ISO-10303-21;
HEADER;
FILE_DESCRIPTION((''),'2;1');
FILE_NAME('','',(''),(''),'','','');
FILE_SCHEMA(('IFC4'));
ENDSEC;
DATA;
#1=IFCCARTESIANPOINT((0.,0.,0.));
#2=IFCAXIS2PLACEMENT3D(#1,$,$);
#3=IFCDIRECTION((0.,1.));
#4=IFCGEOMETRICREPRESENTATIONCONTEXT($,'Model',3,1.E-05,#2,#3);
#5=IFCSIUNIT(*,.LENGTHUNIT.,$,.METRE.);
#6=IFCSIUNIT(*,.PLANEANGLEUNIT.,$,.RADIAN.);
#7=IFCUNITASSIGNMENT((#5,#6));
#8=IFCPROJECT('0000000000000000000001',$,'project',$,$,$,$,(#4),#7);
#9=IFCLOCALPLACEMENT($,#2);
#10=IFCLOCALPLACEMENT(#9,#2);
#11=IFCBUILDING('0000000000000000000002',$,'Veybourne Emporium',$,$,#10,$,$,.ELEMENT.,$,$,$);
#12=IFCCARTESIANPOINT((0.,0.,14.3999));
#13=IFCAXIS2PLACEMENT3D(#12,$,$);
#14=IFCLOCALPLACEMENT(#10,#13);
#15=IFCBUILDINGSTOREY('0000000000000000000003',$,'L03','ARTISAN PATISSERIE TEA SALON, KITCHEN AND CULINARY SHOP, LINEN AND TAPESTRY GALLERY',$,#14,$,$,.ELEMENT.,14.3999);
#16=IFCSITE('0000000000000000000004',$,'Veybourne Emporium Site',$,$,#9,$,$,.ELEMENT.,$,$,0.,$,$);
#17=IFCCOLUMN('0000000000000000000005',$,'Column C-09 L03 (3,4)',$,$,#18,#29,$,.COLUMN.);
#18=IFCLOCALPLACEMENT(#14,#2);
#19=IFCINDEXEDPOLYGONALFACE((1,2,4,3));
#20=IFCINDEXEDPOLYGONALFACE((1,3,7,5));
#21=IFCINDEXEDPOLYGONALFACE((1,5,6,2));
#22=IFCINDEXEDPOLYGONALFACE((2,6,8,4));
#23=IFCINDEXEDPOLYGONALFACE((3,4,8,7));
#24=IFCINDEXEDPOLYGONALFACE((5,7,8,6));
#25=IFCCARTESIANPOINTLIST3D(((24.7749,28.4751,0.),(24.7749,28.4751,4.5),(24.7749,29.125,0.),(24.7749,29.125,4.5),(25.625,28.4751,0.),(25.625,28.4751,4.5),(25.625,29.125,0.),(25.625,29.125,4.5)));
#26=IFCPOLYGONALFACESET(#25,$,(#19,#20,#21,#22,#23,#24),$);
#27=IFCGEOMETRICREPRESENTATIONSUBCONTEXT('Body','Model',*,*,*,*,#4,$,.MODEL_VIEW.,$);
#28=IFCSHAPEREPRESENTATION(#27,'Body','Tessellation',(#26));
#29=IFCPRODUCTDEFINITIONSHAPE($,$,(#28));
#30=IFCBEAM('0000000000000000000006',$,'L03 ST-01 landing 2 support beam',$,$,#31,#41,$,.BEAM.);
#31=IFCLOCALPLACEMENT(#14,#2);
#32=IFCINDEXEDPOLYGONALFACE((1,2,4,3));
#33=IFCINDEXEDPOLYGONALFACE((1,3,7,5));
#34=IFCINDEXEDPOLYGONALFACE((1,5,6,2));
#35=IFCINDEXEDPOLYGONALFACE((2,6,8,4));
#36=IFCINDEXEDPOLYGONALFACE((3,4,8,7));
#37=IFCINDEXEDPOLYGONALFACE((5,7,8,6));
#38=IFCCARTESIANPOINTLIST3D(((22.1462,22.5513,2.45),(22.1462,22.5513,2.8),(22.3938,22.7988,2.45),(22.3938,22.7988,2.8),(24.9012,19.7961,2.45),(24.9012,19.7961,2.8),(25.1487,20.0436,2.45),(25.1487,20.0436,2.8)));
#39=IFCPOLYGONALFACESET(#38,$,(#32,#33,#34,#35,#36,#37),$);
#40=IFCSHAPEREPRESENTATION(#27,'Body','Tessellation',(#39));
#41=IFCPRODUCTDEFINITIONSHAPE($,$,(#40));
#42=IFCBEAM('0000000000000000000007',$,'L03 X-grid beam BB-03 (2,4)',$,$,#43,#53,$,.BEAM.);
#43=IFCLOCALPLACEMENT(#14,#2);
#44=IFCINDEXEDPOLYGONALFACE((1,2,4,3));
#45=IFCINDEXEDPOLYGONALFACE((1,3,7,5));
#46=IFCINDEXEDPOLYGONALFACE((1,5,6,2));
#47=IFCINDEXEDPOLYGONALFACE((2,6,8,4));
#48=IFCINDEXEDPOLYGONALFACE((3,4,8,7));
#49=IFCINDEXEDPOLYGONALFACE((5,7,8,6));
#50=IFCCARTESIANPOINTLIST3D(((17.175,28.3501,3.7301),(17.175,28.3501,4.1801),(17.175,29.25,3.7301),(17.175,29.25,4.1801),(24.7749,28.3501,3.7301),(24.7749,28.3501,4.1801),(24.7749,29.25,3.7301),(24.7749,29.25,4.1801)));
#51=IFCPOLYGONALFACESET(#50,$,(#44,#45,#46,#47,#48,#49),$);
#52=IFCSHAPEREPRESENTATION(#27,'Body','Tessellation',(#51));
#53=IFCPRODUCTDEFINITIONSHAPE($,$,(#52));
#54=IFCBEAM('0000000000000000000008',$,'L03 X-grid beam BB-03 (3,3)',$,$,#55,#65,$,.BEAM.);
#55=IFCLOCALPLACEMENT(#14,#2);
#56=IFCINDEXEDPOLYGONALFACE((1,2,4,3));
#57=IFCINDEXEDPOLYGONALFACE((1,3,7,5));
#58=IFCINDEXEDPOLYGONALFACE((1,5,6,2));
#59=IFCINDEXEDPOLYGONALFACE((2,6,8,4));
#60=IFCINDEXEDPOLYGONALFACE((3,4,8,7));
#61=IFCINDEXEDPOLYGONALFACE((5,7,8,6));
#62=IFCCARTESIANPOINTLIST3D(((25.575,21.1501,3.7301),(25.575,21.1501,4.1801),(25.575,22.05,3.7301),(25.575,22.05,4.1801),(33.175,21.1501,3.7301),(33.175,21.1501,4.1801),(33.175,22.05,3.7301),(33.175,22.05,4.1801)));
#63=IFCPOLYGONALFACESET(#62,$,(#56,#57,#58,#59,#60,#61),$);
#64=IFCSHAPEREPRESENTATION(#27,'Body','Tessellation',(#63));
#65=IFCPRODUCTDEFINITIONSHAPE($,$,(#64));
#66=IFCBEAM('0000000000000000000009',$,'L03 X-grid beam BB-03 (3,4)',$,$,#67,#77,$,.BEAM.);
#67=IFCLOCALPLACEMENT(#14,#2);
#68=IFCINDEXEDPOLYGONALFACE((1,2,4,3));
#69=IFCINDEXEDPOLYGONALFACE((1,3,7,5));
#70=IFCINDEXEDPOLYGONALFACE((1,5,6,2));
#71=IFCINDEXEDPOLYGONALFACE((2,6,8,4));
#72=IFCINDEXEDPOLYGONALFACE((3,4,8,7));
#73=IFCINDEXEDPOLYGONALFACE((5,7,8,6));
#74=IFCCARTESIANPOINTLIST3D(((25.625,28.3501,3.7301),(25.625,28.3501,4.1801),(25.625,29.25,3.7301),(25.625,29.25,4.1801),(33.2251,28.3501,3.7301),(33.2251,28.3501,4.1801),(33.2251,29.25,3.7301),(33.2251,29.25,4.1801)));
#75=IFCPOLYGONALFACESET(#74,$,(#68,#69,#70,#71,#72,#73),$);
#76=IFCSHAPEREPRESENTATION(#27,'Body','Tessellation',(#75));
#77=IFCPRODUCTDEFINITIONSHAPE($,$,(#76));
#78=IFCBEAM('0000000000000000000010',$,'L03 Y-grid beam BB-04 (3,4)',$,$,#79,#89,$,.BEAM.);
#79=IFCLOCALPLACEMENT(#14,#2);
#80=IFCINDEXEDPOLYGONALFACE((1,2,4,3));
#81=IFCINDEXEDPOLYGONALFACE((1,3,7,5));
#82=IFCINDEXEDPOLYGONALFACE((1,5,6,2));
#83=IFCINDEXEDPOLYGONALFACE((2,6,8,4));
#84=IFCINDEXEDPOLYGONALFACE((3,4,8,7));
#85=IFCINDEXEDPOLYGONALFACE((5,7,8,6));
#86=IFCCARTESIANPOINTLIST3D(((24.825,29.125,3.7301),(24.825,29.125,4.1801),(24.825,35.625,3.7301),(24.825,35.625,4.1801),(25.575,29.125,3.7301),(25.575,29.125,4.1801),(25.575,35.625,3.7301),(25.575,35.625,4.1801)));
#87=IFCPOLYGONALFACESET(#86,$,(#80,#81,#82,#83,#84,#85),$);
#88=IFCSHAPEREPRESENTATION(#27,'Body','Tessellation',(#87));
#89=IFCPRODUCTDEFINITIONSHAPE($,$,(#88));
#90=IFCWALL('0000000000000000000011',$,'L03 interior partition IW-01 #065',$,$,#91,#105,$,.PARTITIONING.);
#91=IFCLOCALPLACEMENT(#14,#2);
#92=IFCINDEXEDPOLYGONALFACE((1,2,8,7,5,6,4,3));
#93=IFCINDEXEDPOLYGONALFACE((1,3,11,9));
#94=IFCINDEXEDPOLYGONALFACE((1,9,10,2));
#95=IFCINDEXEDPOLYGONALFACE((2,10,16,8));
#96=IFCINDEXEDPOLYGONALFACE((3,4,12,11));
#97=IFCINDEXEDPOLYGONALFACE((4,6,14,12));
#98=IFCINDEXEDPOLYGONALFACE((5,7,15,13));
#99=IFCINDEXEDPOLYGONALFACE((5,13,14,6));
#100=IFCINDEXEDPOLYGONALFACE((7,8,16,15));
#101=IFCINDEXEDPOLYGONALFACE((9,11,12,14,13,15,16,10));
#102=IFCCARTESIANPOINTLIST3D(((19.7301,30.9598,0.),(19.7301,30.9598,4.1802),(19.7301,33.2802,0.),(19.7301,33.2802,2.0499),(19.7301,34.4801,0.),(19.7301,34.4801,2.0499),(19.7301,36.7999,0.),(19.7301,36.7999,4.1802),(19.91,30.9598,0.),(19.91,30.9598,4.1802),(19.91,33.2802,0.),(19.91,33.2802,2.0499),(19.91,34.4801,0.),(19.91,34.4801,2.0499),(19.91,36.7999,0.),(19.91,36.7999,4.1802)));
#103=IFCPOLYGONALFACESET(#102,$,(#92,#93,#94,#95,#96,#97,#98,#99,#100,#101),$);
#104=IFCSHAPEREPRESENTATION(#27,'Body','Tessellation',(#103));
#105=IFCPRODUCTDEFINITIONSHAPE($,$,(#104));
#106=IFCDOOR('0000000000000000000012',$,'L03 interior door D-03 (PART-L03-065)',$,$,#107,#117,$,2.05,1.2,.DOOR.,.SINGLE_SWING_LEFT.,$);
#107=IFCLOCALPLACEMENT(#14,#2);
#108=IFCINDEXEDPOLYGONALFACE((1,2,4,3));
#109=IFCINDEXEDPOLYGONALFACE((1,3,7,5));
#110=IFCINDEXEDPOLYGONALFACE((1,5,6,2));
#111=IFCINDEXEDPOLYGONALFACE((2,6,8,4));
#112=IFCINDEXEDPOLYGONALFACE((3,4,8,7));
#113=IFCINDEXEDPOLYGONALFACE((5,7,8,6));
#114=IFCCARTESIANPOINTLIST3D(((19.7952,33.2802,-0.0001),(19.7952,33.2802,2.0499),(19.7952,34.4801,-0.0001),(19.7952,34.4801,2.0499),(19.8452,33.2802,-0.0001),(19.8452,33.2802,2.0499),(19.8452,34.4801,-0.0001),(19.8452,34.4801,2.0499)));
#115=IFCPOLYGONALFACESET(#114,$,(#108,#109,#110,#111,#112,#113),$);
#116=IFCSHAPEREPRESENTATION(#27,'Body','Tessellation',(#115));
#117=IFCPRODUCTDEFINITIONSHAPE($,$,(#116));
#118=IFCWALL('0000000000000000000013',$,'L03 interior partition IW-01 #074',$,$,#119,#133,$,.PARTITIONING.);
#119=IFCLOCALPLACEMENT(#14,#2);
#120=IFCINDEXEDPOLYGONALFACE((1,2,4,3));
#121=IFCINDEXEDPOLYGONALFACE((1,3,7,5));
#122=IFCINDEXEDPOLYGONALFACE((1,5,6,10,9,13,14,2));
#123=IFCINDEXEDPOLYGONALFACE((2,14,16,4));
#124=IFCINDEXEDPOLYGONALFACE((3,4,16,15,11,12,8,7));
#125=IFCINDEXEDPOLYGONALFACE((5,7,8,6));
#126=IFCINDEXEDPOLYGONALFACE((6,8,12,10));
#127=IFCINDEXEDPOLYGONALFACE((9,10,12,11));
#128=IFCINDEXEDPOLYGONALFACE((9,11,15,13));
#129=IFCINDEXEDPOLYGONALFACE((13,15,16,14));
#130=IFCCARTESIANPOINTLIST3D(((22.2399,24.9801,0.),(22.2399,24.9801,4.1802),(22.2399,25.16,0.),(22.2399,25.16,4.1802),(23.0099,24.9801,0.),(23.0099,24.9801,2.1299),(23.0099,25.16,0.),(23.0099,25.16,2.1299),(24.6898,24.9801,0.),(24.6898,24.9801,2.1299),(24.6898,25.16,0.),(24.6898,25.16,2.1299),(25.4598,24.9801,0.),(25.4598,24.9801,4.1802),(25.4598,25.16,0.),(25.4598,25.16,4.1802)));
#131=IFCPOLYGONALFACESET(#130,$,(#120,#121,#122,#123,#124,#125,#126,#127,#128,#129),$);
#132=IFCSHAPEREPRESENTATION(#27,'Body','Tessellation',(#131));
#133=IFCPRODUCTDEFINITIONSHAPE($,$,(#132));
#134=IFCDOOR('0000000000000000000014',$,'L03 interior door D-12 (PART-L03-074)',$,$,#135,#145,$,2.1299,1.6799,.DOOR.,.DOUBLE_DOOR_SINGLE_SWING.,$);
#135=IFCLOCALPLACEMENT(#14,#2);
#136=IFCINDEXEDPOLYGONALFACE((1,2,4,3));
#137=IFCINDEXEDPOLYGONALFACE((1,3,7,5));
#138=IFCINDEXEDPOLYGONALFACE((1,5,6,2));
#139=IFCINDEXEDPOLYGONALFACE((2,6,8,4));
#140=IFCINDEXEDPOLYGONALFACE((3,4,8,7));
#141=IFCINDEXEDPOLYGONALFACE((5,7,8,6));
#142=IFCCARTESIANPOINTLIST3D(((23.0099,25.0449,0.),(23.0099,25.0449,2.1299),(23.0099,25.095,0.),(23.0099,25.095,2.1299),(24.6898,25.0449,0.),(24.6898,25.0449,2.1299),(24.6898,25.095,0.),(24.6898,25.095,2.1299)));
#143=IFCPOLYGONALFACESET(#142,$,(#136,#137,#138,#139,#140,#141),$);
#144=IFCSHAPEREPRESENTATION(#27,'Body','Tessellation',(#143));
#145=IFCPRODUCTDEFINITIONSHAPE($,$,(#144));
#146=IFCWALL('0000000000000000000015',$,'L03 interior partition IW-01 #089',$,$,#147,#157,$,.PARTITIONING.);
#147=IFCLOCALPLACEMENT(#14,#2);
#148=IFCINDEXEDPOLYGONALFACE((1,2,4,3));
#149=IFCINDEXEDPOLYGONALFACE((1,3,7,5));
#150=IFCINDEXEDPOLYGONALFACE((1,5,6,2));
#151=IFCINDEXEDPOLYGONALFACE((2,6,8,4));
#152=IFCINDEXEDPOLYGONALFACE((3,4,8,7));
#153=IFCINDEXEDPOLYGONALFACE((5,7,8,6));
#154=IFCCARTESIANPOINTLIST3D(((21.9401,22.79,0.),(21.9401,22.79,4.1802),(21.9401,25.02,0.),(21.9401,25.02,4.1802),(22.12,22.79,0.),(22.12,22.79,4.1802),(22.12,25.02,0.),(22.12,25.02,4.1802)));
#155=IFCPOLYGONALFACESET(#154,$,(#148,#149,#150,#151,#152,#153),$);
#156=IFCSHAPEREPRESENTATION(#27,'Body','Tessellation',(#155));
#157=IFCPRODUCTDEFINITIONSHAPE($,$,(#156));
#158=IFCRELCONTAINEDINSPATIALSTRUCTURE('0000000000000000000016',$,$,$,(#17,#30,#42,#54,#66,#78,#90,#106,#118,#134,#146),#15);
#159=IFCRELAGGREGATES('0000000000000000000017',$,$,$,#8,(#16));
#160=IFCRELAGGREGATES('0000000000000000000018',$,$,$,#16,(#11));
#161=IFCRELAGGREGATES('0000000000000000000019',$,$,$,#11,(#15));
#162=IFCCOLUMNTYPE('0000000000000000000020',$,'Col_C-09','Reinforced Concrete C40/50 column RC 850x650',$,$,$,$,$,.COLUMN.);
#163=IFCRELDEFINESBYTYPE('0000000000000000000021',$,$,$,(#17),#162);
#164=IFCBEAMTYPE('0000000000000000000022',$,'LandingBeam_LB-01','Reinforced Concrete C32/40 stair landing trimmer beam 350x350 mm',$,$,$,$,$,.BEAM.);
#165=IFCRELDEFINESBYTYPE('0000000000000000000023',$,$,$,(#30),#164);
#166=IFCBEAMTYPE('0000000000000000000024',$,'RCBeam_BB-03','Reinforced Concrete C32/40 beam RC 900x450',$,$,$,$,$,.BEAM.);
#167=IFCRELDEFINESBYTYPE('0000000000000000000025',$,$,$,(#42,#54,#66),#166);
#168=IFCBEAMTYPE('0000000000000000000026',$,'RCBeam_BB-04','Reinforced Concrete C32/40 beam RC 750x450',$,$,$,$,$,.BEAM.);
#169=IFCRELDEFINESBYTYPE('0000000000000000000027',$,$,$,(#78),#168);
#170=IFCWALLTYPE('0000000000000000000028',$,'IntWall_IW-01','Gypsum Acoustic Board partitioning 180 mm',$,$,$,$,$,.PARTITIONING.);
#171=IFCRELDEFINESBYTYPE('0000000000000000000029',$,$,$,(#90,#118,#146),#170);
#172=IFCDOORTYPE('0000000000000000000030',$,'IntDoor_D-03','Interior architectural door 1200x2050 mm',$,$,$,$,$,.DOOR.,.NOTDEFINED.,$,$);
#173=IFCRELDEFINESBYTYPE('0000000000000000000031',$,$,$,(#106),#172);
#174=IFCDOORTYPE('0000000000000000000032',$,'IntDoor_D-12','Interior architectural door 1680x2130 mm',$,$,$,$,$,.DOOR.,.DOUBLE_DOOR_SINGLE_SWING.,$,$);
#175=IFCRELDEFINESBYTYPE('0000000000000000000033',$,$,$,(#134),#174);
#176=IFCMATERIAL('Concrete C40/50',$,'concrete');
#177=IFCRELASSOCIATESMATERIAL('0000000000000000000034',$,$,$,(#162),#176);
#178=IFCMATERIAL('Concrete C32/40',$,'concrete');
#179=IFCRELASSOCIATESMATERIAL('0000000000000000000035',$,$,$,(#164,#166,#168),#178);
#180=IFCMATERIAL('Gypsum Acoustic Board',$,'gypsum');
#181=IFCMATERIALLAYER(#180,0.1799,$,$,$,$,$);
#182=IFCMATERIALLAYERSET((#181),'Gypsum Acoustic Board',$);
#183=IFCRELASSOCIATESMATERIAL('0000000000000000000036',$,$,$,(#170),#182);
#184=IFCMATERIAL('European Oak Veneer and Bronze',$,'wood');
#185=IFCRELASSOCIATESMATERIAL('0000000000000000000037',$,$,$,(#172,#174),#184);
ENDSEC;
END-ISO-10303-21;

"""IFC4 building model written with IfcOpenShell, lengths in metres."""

from ifc_helpers import new_model, si_unit, direction, frame, frame_2d, origin, origin_2d, place, context, subcontext, project, spatial, rectangle, extrude, material, layer, layer_set, material_profile, profile_set, type_object, element, fill, save


model = new_model("IFC4")

# Units and contexts
model_context = context("Model", 3, precision=1e-05, world=origin(), true_north=direction((0.0, 1.0)))
body_context = subcontext(model_context, "Body", "Model", "MODEL_VIEW")
ifc_project = project(units=[si_unit("LENGTHUNIT", "METRE"), si_unit("PLANEANGLEUNIT", "RADIAN")], contexts=[model_context])

# Site, building, storey
site_placement = place(None, origin())
site = spatial("IfcSite", under=ifc_project, at=site_placement, Name="Veybourne Emporium Site", CompositionType="ELEMENT", RefElevation=0.0)
building_placement = place(site_placement, origin())
building = spatial("IfcBuilding", under=site, at=building_placement, Name="Veybourne Emporium", CompositionType="ELEMENT")
storey_placement = place(building_placement, frame((0.0, 0.0, 14.3999)))
storey = spatial("IfcBuildingStorey", under=building, at=storey_placement, Name="L03", Description="ARTISAN PATISSERIE TEA SALON, KITCHEN AND CULINARY SHOP, LINEN AND TAPESTRY GALLERY", CompositionType="ELEMENT", Elevation=14.3999)

# Column
ifc_material_1 = material(Name="Concrete C40/50", Category="concrete")
ifc_material_profile_1 = material_profile(ifc_material_1, rectangle(XDim=0.8501, YDim=0.6499, at=origin_2d()), Name="RC 850x650")
ifc_profile_set_1 = profile_set([ifc_material_profile_1], Name="Concrete C40/50")
column_type = type_object("IfcColumnType", Name="Col_C-09", Description="Reinforced Concrete C40/50 column RC 850x650", PredefinedType="COLUMN", material=ifc_profile_set_1)
column_placement = place(storey_placement, frame((25.2, 28.8, 0.0), z_axis=(0.0, 0.0, 1.0), x_axis=(1.0, 0.0, 0.0)))
element("IfcColumn", 1, at=column_placement, inside=storey, type_object=column_type, Name="Column C-09 L03 (3,4)", PredefinedType="COLUMN", context=body_context, shape_type="SweptSolid", body=[
    extrude(rectangle(XDim=0.8501, YDim=0.6499, at=origin_2d()), origin(), (0.0, 0.0, 1.0), 4.5),
])

# Beams
ifc_material_2 = material(Name="Concrete C32/40", Category="concrete")
ifc_material_profile_2 = material_profile(ifc_material_2, rectangle(XDim=0.3501, YDim=0.3501, at=origin_2d()), Name="RC 350x350")
ifc_profile_set_2 = profile_set([ifc_material_profile_2], Name="Concrete C32/40")
beam_type_1 = type_object("IfcBeamType", Name="LandingBeam_LB-01", Description="Reinforced Concrete C32/40 stair landing trimmer beam 350x350 mm", PredefinedType="BEAM", material=ifc_profile_set_2)
beam_1_placement = place(storey_placement, frame((22.27, 22.675, 2.625), z_axis=(0.707075, -0.707138, 0.0), x_axis=(0.707138, 0.707075, 0.0)))
element("IfcBeam", 2, at=beam_1_placement, inside=storey, type_object=beam_type_1, Name="L03 ST-01 landing 2 support beam", PredefinedType="BEAM", context=body_context, shape_type="SweptSolid", body=[
    extrude(rectangle(XDim=0.3501, YDim=0.3501, at=origin_2d()), origin(), (0.0, 0.0, 1.0), 3.8962),
])
ifc_material_profile_3 = material_profile(ifc_material_2, rectangle(XDim=0.8999, YDim=0.45, at=origin_2d()), Name="RC 900x450")
ifc_profile_set_3 = profile_set([ifc_material_profile_3], Name="Concrete C32/40")
beam_type_2 = type_object("IfcBeamType", Name="RCBeam_BB-03", Description="Reinforced Concrete C32/40 beam RC 900x450", PredefinedType="BEAM", material=ifc_profile_set_3)
beam_2_placement = place(storey_placement, frame((17.175, 28.8, 3.9551), z_axis=(1.0, 0.0, 0.0), x_axis=(0.0, 1.0, 0.0)))
element("IfcBeam", 3, at=beam_2_placement, inside=storey, type_object=beam_type_2, Name="L03 X-grid beam BB-03 (2,4)", PredefinedType="BEAM", context=body_context, shape_type="SweptSolid", body=[
    extrude(rectangle(XDim=0.8999, YDim=0.45, at=origin_2d()), origin(), (0.0, 0.0, 1.0), 7.5999),
])
for number, where, z_axis, x_axis, name in (
    (4, (25.575, 21.6001, 3.9551), (1.0, 0.0, 0.0), (0.0, 1.0, 0.0), "L03 X-grid beam BB-03 (3,3)"),
    (5, (25.625, 28.8, 3.9551), (1.0, 0.0, 0.0), (0.0, 1.0, 0.0), "L03 X-grid beam BB-03 (3,4)"),
):
    element("IfcBeam", number, at=place(storey_placement, frame(where, z_axis=z_axis, x_axis=x_axis)), inside=storey, type_object=beam_type_2, Name=name, PredefinedType="BEAM", context=body_context, shape_type="SweptSolid", body=[
        extrude(rectangle(XDim=0.8999, YDim=0.45, at=origin_2d()), origin(), (0.0, 0.0, 1.0), 7.6001),
    ])
ifc_material_profile_4 = material_profile(ifc_material_2, rectangle(XDim=0.75, YDim=0.45, at=origin_2d()), Name="RC 750x450")
ifc_profile_set_4 = profile_set([ifc_material_profile_4], Name="Concrete C32/40")
beam_type_3 = type_object("IfcBeamType", Name="RCBeam_BB-04", Description="Reinforced Concrete C32/40 beam RC 750x450", PredefinedType="BEAM", material=ifc_profile_set_4)
beam_3_placement = place(storey_placement, frame((25.2, 29.125, 3.9551), z_axis=(0.0, 1.0, 0.0), x_axis=(-1.0, 0.0, 0.0)))
element("IfcBeam", 6, at=beam_3_placement, inside=storey, type_object=beam_type_3, Name="L03 Y-grid beam BB-04 (3,4)", PredefinedType="BEAM", context=body_context, shape_type="SweptSolid", body=[
    extrude(rectangle(XDim=0.75, YDim=0.45, at=origin_2d()), origin(), (0.0, 0.0, 1.0), 6.5),
])

# Walls, openings, doors
ifc_material_3 = material(Name="Gypsum Acoustic Board", Category="gypsum")
ifc_layer_1 = layer(ifc_material_3, 0.1799)
ifc_layer_set_1 = layer_set([ifc_layer_1], Name="Gypsum Acoustic Board")
wall_type_1 = type_object("IfcWallType", Name="IntWall_IW-01", Description="Gypsum Acoustic Board partitioning 180 mm", PredefinedType="PARTITIONING", material=ifc_layer_set_1)
wall_1_placement = place(storey_placement, frame((19.8201, 30.96, 0.0), z_axis=(0.0, 0.0, 1.0), x_axis=(0.0, 1.0, 0.0)))
wall_1 = element("IfcWall", 7, at=wall_1_placement, inside=storey, type_object=wall_type_1, Name="L03 interior partition IW-01 #065", PredefinedType="PARTITIONING", context=body_context, shape_type="SweptSolid", body=[
    extrude(rectangle(XDim=5.8401, YDim=0.1799, at=frame_2d((2.9199, 0.0))), origin(), (0.0, 0.0, 1.0), 4.1802),
])
opening_1_placement = place(wall_1_placement, frame((2.3201, 0.0, 0.0)))
opening_1 = element("IfcOpeningElement", 8, at=opening_1_placement, cuts=wall_1, PredefinedType="OPENING", context=body_context, shape_type="SweptSolid", body=[
    extrude(rectangle(XDim=1.2, YDim=2.05, at=frame_2d((0.6001, 1.0249))), frame((0.0, 0.1099, 0.0), z_axis=(0.0, -1.0, 0.0), x_axis=(1.0, 0.0, 0.0)), (0.0, 0.0, 1.0), 0.22),
])
ifc_material_4 = material(Name="European Oak Veneer and Bronze", Category="wood")
door_type_1 = type_object("IfcDoorType", Name="IntDoor_D-03", Description="Interior architectural door 1200x2050 mm", OperationType="NOTDEFINED", PredefinedType="DOOR", material=ifc_material_4)
door_1_placement = place(opening_1_placement, origin())
door_1 = element("IfcDoor", 9, at=door_1_placement, inside=storey, type_object=door_type_1, Name="L03 interior door D-03 (PART-L03-065)", OperationType="SINGLE_SWING_LEFT", OverallHeight=2.05, OverallWidth=1.2, PredefinedType="DOOR", context=body_context, shape_type="SweptSolid", body=[
    extrude(rectangle(XDim=1.2, YDim=2.05, at=frame_2d((0.6001, 1.0249))), frame((0.0, 0.0249, 0.0), z_axis=(0.0, -1.0, 0.0), x_axis=(1.0, 0.0, 0.0)), (0.0, 0.0, 1.0), 0.05),
])
fill(opening_1, door_1)
wall_2_placement = place(storey_placement, frame((22.24, 25.0701, 0.0), z_axis=(0.0, 0.0, 1.0), x_axis=(1.0, 0.0, 0.0)))
wall_2 = element("IfcWall", 10, at=wall_2_placement, inside=storey, type_object=wall_type_1, Name="L03 interior partition IW-01 #074", PredefinedType="PARTITIONING", context=body_context, shape_type="SweptSolid", body=[
    extrude(rectangle(XDim=3.22, YDim=0.1799, at=frame_2d((1.6099, 0.0))), origin(), (0.0, 0.0, 1.0), 4.1802),
])
opening_2_placement = place(wall_2_placement, frame((0.77, 0.0, 0.0)))
opening_2 = element("IfcOpeningElement", 11, at=opening_2_placement, cuts=wall_2, PredefinedType="OPENING", context=body_context, shape_type="SweptSolid", body=[
    extrude(rectangle(XDim=1.6799, YDim=2.1299, at=frame_2d((0.8398, 1.0649))), frame((0.0, 0.1099, 0.0), z_axis=(0.0, -1.0, 0.0), x_axis=(1.0, 0.0, 0.0)), (0.0, 0.0, 1.0), 0.22),
])
door_type_2 = type_object("IfcDoorType", Name="IntDoor_D-12", Description="Interior architectural door 1680x2130 mm", OperationType="DOUBLE_DOOR_SINGLE_SWING", PredefinedType="DOOR", material=ifc_material_4)
door_2_placement = place(opening_2_placement, origin())
door_2 = element("IfcDoor", 12, at=door_2_placement, inside=storey, type_object=door_type_2, Name="L03 interior door D-12 (PART-L03-074)", OperationType="DOUBLE_DOOR_SINGLE_SWING", OverallHeight=2.1299, OverallWidth=1.6799, PredefinedType="DOOR", context=body_context, shape_type="SweptSolid", body=[
    extrude(rectangle(XDim=1.6799, YDim=2.1299, at=frame_2d((0.8398, 1.0649))), frame((0.0, 0.0249, 0.0), z_axis=(0.0, -1.0, 0.0), x_axis=(1.0, 0.0, 0.0)), (0.0, 0.0, 1.0), 0.05),
])
fill(opening_2, door_2)

# Wall
wall_3_placement = place(storey_placement, frame((22.03, 22.79, 0.0), z_axis=(0.0, 0.0, 1.0), x_axis=(0.0, 1.0, 0.0)))
element("IfcWall", 13, at=wall_3_placement, inside=storey, type_object=wall_type_1, Name="L03 interior partition IW-01 #089", PredefinedType="PARTITIONING", context=body_context, shape_type="SweptSolid", body=[
    extrude(rectangle(XDim=2.23, YDim=0.1799, at=frame_2d((1.115, 0.0))), origin(), (0.0, 0.0, 1.0), 4.1802),
])

save(model, "model.ifc")
